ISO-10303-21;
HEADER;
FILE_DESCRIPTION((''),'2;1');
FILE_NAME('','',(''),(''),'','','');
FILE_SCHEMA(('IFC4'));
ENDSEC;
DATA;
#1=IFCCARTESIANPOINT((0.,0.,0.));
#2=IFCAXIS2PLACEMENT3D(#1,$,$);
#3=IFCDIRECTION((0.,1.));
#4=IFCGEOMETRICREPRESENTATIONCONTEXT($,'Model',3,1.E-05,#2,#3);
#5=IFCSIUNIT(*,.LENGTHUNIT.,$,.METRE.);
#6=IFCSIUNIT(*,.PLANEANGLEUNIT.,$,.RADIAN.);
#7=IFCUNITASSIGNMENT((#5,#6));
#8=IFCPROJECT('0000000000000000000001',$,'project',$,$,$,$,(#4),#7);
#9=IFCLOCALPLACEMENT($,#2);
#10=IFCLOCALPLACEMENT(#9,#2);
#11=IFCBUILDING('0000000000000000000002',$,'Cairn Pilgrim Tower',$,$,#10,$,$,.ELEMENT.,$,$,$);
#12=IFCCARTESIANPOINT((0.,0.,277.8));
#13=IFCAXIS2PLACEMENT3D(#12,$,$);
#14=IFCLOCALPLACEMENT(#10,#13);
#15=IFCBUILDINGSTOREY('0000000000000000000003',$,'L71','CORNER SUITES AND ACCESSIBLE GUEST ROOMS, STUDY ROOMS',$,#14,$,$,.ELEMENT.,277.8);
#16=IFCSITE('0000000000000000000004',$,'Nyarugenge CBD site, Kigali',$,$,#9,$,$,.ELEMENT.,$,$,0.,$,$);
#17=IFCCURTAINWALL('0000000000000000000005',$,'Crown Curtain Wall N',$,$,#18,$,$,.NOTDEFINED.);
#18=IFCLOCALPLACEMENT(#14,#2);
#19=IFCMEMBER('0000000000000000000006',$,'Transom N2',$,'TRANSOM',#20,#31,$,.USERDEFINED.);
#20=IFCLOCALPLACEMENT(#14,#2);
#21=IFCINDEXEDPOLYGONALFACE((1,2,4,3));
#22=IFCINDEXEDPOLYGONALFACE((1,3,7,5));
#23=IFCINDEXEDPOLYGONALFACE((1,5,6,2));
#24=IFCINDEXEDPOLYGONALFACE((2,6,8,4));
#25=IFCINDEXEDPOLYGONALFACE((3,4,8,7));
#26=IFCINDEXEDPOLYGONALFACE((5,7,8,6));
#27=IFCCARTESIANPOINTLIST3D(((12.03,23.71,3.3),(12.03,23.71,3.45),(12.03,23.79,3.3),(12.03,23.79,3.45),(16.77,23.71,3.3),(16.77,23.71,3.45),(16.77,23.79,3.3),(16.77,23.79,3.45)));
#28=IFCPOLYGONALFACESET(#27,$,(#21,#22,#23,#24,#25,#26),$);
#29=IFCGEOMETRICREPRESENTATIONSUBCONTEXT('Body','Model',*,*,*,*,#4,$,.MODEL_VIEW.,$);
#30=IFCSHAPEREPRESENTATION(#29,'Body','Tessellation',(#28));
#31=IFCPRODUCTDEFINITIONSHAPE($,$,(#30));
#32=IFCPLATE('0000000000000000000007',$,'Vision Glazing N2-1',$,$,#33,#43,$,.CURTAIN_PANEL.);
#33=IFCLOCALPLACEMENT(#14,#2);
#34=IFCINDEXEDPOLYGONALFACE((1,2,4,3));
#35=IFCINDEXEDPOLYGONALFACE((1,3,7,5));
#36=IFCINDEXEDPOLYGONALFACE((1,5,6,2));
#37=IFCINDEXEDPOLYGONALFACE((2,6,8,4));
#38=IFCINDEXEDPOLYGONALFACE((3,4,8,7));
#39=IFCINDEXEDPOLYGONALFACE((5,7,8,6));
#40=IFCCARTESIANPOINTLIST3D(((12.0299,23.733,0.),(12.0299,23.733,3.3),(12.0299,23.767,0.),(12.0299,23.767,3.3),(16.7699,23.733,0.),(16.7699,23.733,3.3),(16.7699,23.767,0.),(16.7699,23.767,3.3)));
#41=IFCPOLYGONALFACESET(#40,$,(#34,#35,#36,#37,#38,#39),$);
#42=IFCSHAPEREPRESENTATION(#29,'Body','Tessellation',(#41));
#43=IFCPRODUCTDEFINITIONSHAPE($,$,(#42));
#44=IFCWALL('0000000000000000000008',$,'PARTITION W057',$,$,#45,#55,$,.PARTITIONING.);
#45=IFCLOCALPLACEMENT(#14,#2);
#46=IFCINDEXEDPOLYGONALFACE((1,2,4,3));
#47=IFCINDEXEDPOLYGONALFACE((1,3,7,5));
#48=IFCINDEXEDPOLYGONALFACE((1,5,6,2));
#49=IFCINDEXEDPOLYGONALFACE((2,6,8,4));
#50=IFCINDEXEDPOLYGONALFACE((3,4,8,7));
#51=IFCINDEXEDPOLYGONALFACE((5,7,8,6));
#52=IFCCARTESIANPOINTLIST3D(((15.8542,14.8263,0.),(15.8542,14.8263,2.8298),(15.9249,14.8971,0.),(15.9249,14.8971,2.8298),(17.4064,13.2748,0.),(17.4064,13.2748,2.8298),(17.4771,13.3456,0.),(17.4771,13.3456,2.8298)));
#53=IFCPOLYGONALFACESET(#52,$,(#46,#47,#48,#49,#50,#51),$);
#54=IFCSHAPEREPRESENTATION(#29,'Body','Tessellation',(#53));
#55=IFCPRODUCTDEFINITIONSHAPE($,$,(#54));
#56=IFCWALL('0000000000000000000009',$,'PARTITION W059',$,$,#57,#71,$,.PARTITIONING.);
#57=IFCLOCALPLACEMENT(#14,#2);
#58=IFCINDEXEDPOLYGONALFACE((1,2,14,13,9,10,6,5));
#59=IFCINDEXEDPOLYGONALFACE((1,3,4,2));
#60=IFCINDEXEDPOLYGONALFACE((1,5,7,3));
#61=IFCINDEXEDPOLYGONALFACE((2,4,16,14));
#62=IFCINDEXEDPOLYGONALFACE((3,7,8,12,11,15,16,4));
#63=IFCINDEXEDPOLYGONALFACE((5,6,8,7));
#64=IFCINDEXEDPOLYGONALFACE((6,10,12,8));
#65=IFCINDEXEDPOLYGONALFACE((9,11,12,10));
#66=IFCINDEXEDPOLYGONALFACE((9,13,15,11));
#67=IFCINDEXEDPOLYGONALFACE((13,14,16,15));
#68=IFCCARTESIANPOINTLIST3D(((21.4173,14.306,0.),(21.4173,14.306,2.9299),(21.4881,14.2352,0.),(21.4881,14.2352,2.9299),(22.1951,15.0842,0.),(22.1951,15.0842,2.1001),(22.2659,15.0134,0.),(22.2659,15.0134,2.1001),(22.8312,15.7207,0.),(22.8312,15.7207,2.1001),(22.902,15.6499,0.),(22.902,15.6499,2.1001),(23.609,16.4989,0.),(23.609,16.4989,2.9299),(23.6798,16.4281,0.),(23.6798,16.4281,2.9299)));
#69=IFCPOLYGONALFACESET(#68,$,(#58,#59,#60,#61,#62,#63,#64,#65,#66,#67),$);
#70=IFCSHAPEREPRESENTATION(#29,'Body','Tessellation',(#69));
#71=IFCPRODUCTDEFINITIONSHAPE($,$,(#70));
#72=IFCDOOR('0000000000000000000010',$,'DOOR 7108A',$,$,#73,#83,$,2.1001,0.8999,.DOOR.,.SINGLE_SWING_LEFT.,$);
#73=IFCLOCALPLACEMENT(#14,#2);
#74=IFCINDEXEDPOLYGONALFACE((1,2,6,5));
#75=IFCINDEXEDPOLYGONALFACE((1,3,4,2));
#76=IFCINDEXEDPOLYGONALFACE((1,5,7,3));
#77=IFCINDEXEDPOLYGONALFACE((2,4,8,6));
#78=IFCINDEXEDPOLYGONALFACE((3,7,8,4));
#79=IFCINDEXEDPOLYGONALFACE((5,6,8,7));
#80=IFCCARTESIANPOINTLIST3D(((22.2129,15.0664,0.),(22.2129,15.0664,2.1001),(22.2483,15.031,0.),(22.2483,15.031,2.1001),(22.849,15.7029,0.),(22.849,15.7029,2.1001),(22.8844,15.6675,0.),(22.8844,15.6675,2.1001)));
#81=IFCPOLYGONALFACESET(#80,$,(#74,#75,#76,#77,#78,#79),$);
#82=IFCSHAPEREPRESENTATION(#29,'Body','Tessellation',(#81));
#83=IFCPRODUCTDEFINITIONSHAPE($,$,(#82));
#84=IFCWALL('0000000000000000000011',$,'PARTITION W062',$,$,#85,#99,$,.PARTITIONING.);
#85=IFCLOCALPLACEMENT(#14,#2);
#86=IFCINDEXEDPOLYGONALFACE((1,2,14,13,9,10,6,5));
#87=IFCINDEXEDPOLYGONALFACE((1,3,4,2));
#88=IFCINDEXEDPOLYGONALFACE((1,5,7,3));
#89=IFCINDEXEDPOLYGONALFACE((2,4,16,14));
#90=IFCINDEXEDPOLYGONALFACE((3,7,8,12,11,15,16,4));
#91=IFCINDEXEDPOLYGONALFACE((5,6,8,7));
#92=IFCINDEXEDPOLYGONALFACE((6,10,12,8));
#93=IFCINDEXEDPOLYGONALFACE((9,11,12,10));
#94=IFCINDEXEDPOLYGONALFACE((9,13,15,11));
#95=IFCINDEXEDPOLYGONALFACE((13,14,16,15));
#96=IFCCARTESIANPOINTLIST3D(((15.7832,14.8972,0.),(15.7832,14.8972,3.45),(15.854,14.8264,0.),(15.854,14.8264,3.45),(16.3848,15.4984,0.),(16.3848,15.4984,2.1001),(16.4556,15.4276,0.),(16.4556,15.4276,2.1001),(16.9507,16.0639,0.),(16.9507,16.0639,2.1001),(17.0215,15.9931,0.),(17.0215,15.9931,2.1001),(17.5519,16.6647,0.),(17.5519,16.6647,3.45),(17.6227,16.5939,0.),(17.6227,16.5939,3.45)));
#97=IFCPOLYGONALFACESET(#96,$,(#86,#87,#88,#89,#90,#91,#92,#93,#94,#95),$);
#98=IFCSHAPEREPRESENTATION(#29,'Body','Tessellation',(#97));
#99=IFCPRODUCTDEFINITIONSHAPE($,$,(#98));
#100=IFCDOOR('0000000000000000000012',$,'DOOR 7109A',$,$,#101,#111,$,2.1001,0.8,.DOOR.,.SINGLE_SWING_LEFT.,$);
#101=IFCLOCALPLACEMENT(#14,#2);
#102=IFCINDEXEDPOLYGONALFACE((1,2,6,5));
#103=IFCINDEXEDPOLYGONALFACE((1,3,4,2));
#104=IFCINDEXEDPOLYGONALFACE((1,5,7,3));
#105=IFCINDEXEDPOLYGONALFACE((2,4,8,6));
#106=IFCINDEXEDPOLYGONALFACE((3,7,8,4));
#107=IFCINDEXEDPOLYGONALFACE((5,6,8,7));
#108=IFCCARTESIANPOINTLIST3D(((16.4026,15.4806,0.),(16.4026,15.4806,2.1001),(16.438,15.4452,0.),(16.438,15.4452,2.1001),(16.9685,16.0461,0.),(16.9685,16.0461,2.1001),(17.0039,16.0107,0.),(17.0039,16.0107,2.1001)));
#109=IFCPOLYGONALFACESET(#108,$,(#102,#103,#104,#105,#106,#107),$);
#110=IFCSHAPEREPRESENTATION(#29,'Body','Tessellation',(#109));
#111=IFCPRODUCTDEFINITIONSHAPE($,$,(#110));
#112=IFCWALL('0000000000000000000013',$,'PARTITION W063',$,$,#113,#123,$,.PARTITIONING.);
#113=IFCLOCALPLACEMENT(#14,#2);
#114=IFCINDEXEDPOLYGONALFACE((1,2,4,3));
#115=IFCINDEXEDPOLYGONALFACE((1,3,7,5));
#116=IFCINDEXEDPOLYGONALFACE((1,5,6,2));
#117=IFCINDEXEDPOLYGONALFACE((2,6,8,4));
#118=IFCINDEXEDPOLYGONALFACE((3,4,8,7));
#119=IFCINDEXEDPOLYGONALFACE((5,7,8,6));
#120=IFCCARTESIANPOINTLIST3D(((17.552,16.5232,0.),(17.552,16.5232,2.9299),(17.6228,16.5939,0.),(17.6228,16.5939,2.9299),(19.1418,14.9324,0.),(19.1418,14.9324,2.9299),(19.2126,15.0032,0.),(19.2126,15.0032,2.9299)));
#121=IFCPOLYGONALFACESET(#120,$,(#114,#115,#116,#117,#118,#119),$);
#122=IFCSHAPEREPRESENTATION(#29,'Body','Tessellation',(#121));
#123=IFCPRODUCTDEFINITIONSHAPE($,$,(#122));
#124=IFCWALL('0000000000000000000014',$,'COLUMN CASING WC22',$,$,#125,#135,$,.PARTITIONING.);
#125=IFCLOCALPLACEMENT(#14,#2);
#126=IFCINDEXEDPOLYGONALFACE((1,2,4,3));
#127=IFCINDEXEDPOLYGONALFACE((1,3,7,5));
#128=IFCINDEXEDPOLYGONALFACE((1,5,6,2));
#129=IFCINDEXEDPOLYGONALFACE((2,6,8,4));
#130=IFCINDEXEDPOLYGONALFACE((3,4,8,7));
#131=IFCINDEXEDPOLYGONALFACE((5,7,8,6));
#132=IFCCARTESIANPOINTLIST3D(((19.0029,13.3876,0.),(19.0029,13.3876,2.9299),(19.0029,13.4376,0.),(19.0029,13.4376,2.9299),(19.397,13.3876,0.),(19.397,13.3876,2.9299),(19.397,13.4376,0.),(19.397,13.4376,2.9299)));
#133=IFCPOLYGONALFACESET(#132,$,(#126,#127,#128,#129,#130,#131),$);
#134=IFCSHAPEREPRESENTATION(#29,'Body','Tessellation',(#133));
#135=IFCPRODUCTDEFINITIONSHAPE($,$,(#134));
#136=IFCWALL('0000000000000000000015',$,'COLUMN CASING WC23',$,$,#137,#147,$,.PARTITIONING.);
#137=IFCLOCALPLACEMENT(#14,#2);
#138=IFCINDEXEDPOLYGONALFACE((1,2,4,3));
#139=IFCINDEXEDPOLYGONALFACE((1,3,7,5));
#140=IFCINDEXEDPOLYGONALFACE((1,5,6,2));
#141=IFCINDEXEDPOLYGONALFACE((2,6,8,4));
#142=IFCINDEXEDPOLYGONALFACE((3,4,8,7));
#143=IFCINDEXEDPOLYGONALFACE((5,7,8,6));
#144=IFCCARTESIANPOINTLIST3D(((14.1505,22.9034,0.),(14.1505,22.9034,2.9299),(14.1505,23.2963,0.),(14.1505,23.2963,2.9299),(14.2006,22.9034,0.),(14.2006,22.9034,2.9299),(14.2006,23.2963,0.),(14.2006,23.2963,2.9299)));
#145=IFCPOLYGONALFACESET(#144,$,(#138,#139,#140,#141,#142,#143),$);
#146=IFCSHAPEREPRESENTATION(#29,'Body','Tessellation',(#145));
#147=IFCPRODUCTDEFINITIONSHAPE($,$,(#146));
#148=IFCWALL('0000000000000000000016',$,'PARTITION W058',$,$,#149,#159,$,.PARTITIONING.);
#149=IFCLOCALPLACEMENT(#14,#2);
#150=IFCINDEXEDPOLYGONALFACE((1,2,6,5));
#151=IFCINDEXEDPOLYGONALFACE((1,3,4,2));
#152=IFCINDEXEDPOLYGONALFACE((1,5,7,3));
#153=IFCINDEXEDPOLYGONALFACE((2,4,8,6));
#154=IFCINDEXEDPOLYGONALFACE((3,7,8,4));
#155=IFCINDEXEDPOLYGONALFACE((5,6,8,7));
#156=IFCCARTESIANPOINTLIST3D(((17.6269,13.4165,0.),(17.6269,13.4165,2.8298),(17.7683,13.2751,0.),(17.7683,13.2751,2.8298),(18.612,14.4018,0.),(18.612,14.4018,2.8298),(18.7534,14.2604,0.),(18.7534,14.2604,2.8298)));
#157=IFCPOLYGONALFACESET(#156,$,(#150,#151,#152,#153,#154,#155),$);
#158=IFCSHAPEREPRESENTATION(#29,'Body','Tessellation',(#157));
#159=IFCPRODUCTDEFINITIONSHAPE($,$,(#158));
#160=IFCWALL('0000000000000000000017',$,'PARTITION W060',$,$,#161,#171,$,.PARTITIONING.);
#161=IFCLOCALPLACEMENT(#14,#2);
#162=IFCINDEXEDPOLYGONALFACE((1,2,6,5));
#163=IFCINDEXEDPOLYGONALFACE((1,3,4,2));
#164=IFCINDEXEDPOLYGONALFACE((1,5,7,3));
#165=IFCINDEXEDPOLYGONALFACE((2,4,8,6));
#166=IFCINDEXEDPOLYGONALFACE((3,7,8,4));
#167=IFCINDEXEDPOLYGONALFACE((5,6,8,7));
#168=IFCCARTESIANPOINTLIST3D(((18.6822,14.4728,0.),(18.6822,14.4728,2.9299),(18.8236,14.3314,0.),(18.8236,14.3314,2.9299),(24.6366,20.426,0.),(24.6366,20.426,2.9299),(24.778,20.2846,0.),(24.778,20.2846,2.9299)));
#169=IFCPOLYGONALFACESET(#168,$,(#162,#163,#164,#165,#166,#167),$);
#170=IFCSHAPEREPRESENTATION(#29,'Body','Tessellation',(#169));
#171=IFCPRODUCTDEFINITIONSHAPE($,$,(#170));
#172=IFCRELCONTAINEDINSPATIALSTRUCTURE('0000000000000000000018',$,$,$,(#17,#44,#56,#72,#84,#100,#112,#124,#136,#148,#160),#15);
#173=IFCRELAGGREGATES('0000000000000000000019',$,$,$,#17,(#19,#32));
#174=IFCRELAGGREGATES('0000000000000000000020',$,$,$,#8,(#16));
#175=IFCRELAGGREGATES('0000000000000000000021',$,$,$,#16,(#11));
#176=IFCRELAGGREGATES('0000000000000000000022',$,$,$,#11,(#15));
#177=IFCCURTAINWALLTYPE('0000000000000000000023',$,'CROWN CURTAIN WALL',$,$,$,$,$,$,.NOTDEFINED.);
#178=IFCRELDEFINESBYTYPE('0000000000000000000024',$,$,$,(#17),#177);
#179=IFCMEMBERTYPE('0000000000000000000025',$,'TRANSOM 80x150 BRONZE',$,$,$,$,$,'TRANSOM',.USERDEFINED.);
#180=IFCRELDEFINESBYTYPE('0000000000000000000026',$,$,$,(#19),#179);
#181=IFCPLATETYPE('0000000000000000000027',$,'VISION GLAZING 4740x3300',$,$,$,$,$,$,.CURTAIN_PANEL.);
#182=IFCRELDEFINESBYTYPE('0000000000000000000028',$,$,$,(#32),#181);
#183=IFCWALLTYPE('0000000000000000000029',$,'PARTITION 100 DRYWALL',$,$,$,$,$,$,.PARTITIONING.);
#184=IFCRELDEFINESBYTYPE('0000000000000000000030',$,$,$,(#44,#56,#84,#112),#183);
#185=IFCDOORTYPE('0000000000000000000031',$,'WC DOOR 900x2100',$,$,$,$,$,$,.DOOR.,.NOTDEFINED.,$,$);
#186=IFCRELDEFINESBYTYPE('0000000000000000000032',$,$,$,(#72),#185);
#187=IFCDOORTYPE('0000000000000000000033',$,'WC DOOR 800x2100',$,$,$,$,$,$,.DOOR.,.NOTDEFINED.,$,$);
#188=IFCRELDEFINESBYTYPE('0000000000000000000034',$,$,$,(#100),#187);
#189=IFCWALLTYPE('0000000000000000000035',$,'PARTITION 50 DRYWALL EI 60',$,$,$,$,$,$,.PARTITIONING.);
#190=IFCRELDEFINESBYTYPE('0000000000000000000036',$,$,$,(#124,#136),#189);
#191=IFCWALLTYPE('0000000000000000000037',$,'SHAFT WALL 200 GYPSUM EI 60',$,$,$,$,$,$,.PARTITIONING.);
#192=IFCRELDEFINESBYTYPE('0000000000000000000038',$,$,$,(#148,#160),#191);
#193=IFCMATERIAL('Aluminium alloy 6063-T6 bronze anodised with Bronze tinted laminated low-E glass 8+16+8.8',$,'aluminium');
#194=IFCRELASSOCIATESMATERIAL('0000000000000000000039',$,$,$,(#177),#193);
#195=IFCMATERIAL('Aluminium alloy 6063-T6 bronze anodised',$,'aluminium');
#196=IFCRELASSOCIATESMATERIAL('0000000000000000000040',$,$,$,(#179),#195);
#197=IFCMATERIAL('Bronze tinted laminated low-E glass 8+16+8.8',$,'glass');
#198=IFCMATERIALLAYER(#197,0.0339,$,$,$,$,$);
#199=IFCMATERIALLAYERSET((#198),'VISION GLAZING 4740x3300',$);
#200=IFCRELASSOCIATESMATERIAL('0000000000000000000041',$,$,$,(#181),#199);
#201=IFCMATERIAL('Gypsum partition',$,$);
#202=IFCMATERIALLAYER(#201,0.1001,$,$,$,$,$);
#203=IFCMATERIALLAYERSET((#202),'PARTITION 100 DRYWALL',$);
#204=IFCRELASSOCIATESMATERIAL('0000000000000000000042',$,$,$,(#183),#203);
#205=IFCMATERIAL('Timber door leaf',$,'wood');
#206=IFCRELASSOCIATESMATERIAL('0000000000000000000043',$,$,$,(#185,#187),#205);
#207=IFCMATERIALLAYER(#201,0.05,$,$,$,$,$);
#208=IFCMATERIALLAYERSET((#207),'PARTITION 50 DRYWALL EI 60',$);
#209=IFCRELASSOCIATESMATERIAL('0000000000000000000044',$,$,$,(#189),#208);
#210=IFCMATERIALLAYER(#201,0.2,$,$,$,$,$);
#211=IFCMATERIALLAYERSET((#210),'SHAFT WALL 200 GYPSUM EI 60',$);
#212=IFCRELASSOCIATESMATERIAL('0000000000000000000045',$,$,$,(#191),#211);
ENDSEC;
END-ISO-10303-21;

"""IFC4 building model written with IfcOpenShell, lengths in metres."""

from ifc_helpers import new_model, si_unit, direction, frame, frame_2d, origin, origin_2d, place, context, subcontext, project, spatial, rectangle, extrude, material, layer, layer_set, material_profile, profile_set, type_object, element, fill, aggregate, save


model = new_model("IFC4")

# Units and contexts
model_context = context("Model", 3, precision=1e-05, world=origin(), true_north=direction((0.0, 1.0)))
body_context = subcontext(model_context, "Body", "Model", "MODEL_VIEW")
ifc_project = project(units=[si_unit("LENGTHUNIT", "METRE"), si_unit("PLANEANGLEUNIT", "RADIAN")], contexts=[model_context])

# Site, building, storey
site_placement = place(None, origin())
site = spatial("IfcSite", under=ifc_project, at=site_placement, Name="Nyarugenge CBD site, Kigali", CompositionType="ELEMENT", RefElevation=0.0)
building_placement = place(site_placement, origin())
building = spatial("IfcBuilding", under=site, at=building_placement, Name="Cairn Pilgrim Tower", CompositionType="ELEMENT")
storey_placement = place(building_placement, frame((0.0, 0.0, 277.8)))
storey = spatial("IfcBuildingStorey", under=building, at=storey_placement, Name="L71", Description="CORNER SUITES AND ACCESSIBLE GUEST ROOMS, STUDY ROOMS", CompositionType="ELEMENT", Elevation=277.8)

# Curtain wall
ifc_material_1 = material(Name="Aluminium alloy 6063-T6 bronze anodised with Bronze tinted laminated low-E glass 8+16+8.8", Category="aluminium")
curtain_wall_type = type_object("IfcCurtainWallType", Name="CROWN CURTAIN WALL", PredefinedType="NOTDEFINED", material=ifc_material_1)
curtain_wall_placement = place(storey_placement, origin())
curtain_wall = element("IfcCurtainWall", 1, at=curtain_wall_placement, inside=storey, type_object=curtain_wall_type, Name="Crown Curtain Wall N", PredefinedType="NOTDEFINED")
ifc_material_2 = material(Name="Aluminium alloy 6063-T6 bronze anodised", Category="aluminium")

# Member
ifc_material_profile_1 = material_profile(ifc_material_2, rectangle(XDim=0.0801, YDim=0.1499, at=origin_2d()), Name="TRANSOM 80x150 BRONZE")
ifc_profile_set_1 = profile_set([ifc_material_profile_1], Name="Aluminium alloy 6063-T6 bronze anodised")
member_type_1 = type_object("IfcMemberType", Name="TRANSOM 80x150 BRONZE", ElementType="TRANSOM", PredefinedType="USERDEFINED", material=ifc_profile_set_1)
member_1_placement = place(storey_placement, frame((16.77, 23.75, 3.375), z_axis=(-1.0, 0.0, 0.0), x_axis=(0.0, -1.0, 0.0)))
member_1 = element("IfcMember", 2, at=member_1_placement, type_object=member_type_1, Name="Transom N2", ObjectType="TRANSOM", PredefinedType="USERDEFINED", context=body_context, shape_type="SweptSolid", body=[
    extrude(rectangle(XDim=0.0801, YDim=0.1499, at=origin_2d()), origin(), (0.0, 0.0, 1.0), 4.74),
])

# Plate
ifc_material_3 = material(Name="Bronze tinted laminated low-E glass 8+16+8.8", Category="glass")
ifc_layer_1 = layer(ifc_material_3, 0.0339)
ifc_layer_set_1 = layer_set([ifc_layer_1], Name="VISION GLAZING 4740x3300")
plate_type = type_object("IfcPlateType", Name="VISION GLAZING 4740x3300", PredefinedType="CURTAIN_PANEL", material=ifc_layer_set_1)
plate_placement = place(storey_placement, frame((14.3999, 23.75, 0.0), z_axis=(0.0, 0.0, 1.0), x_axis=(-1.0, 0.0, 0.0)))
plate = element("IfcPlate", 3, at=plate_placement, type_object=plate_type, Name="Vision Glazing N2-1", PredefinedType="CURTAIN_PANEL", context=body_context, shape_type="SweptSolid", body=[
    extrude(rectangle(XDim=4.74, YDim=0.0339, at=origin_2d()), origin(), (0.0, 0.0, 1.0), 3.3),
])
aggregate(curtain_wall, [member_1, plate])

# Wall
ifc_material_4 = material(Name="Gypsum partition")
ifc_layer_2 = layer(ifc_material_4, 0.1001)
ifc_layer_set_2 = layer_set([ifc_layer_2], Name="PARTITION 100 DRYWALL")
wall_type_1 = type_object("IfcWallType", Name="PARTITION 100 DRYWALL", PredefinedType="PARTITIONING", material=ifc_layer_set_2)
wall_1_placement = place(storey_placement, frame((17.4417, 13.3103, 0.0), z_axis=(0.0, 0.0, 1.0), x_axis=(-0.707274, 0.70694, 0.0)))
element("IfcWall", 4, at=wall_1_placement, inside=storey, type_object=wall_type_1, Name="PARTITION W057", PredefinedType="PARTITIONING", context=body_context, shape_type="SweptSolid", body=[
    extrude(rectangle(XDim=2.1946, YDim=0.1001, at=frame_2d((1.0972, 0.0))), origin(), (0.0, 0.0, 1.0), 2.8298),
])

# Walls, openings, doors
wall_2_placement = place(storey_placement, frame((21.4526, 14.2705, 0.0), z_axis=(0.0, 0.0, 1.0), x_axis=(0.70691, 0.707304, 0.0)))
wall_2 = element("IfcWall", 5, at=wall_2_placement, inside=storey, type_object=wall_type_1, Name="PARTITION W059", PredefinedType="PARTITIONING", context=body_context, shape_type="SweptSolid", body=[
    extrude(rectangle(XDim=3.1003, YDim=0.1001, at=frame_2d((1.5503, 0.0))), origin(), (0.0, 0.0, 1.0), 2.9299),
])
opening_1_placement = place(wall_2_placement, frame((1.1003, 0.0, 0.0)))
opening_1 = element("IfcOpeningElement", 6, at=opening_1_placement, cuts=wall_2, PredefinedType="OPENING", context=body_context, shape_type="SweptSolid", body=[
    extrude(rectangle(XDim=0.8999, YDim=2.1001, at=frame_2d((0.45, 1.05))), frame((0.0, 0.0601, 0.0), z_axis=(0.0, -1.0, 0.0), x_axis=(1.0, 0.0, 0.0)), (0.0, 0.0, 1.0), 0.1201),
])
ifc_material_5 = material(Name="Timber door leaf", Category="wood")
door_type_1 = type_object("IfcDoorType", Name="WC DOOR 900x2100", OperationType="NOTDEFINED", PredefinedType="DOOR", material=ifc_material_5)
door_1_placement = place(opening_1_placement, origin())
door_1 = element("IfcDoor", 7, at=door_1_placement, inside=storey, type_object=door_type_1, Name="DOOR 7108A", OperationType="SINGLE_SWING_LEFT", OverallHeight=2.1001, OverallWidth=0.8999, PredefinedType="DOOR", context=body_context, shape_type="SweptSolid", body=[
    extrude(rectangle(XDim=0.8999, YDim=2.1001, at=frame_2d((0.45, 1.05))), frame((0.0, 0.0249, 0.0), z_axis=(0.0, -1.0, 0.0), x_axis=(1.0, 0.0, 0.0)), (0.0, 0.0, 1.0), 0.05),
])
fill(opening_1, door_1)
wall_3_placement = place(storey_placement, frame((15.8186, 14.8618, 0.0), z_axis=(0.0, 0.0, 1.0), x_axis=(0.707351, 0.706863, 0.0)))
wall_3 = element("IfcWall", 8, at=wall_3_placement, inside=storey, type_object=wall_type_1, Name="PARTITION W062", PredefinedType="PARTITIONING", context=body_context, shape_type="SweptSolid", body=[
    extrude(rectangle(XDim=2.5005, YDim=0.1001, at=frame_2d((1.2502, 0.0))), origin(), (0.0, 0.0, 1.0), 3.45),
])
opening_2_placement = place(wall_3_placement, frame((0.8506, 0.0, 0.0)))
opening_2 = element("IfcOpeningElement", 9, at=opening_2_placement, cuts=wall_3, PredefinedType="OPENING", context=body_context, shape_type="SweptSolid", body=[
    extrude(rectangle(XDim=0.8, YDim=2.1001, at=frame_2d((0.3999, 1.05))), frame((0.0, 0.0601, 0.0), z_axis=(0.0, -1.0, 0.0), x_axis=(1.0, 0.0, 0.0)), (0.0, 0.0, 1.0), 0.1201),
])
door_type_2 = type_object("IfcDoorType", Name="WC DOOR 800x2100", OperationType="NOTDEFINED", PredefinedType="DOOR", material=ifc_material_5)
door_2_placement = place(opening_2_placement, origin())
door_2 = element("IfcDoor", 10, at=door_2_placement, inside=storey, type_object=door_type_2, Name="DOOR 7109A", OperationType="SINGLE_SWING_LEFT", OverallHeight=2.1001, OverallWidth=0.8, PredefinedType="DOOR", context=body_context, shape_type="SweptSolid", body=[
    extrude(rectangle(XDim=0.8, YDim=2.1001, at=frame_2d((0.3999, 1.05))), frame((0.0, 0.0249, 0.0), z_axis=(0.0, -1.0, 0.0), x_axis=(1.0, 0.0, 0.0)), (0.0, 0.0, 1.0), 0.05),
])
fill(opening_2, door_2)

# Walls
wall_4_placement = place(storey_placement, frame((19.1772, 14.9678, 0.0), z_axis=(0.0, 0.0, 1.0), x_axis=(-0.70689, 0.707324, 0.0)))
element("IfcWall", 11, at=wall_4_placement, inside=storey, type_object=wall_type_1, Name="PARTITION W063", PredefinedType="PARTITIONING", context=body_context, shape_type="SweptSolid", body=[
    extrude(rectangle(XDim=2.249, YDim=0.1001, at=frame_2d((1.1245, 0.0))), origin(), (0.0, 0.0, 1.0), 2.9299),
])
ifc_layer_3 = layer(ifc_material_4, 0.05)
ifc_layer_set_3 = layer_set([ifc_layer_3], Name="PARTITION 50 DRYWALL EI 60")
wall_type_2 = type_object("IfcWallType", Name="PARTITION 50 DRYWALL EI 60", PredefinedType="PARTITIONING", material=ifc_layer_set_3)
wall_5_placement = place(storey_placement, frame((19.0029, 13.4126, 0.0), z_axis=(0.0, 0.0, 1.0), x_axis=(1.0, 0.0, 0.0)))
element("IfcWall", 12, at=wall_5_placement, inside=storey, type_object=wall_type_2, Name="COLUMN CASING WC22", PredefinedType="PARTITIONING", context=body_context, shape_type="SweptSolid", body=[
    extrude(rectangle(XDim=0.394, YDim=0.05, at=frame_2d((0.197, 0.0))), origin(), (0.0, 0.0, 1.0), 2.9299),
])
wall_6_placement = place(storey_placement, frame((14.1755, 22.9036, 0.0), z_axis=(0.0, 0.0, 1.0), x_axis=(0.0, 1.0, 0.0)))
element("IfcWall", 13, at=wall_6_placement, inside=storey, type_object=wall_type_2, Name="COLUMN CASING WC23", PredefinedType="PARTITIONING", context=body_context, shape_type="SweptSolid", body=[
    extrude(rectangle(XDim=0.3928, YDim=0.05, at=frame_2d((0.1963, 0.0))), origin(), (0.0, 0.0, 1.0), 2.9299),
])
ifc_layer_4 = layer(ifc_material_4, 0.2)
ifc_layer_set_4 = layer_set([ifc_layer_4], Name="SHAFT WALL 200 GYPSUM EI 60")
wall_type_3 = type_object("IfcWallType", Name="SHAFT WALL 200 GYPSUM EI 60", PredefinedType="PARTITIONING", material=ifc_layer_set_4)
wall_7_placement = place(storey_placement, frame((17.6975, 13.3457, 0.0), z_axis=(0.0, 0.0, 1.0), x_axis=(0.707019, 0.707194, 0.0)))
element("IfcWall", 14, at=wall_7_placement, inside=storey, type_object=wall_type_3, Name="PARTITION W058", PredefinedType="PARTITIONING", context=body_context, shape_type="SweptSolid", body=[
    extrude(rectangle(XDim=1.3933, YDim=0.2, at=frame_2d((0.6968, 0.0))), origin(), (0.0, 0.0, 1.0), 2.8298),
])
wall_8_placement = place(storey_placement, frame((18.7529, 14.4021, 0.0), z_axis=(0.0, 0.0, 1.0), x_axis=(0.707179, 0.707034, 0.0)))
element("IfcWall", 15, at=wall_8_placement, inside=storey, type_object=wall_type_3, Name="PARTITION W060", PredefinedType="PARTITIONING", context=body_context, shape_type="SweptSolid", body=[
    extrude(rectangle(XDim=8.4199, YDim=0.2, at=frame_2d((4.21, 0.0))), origin(), (0.0, 0.0, 1.0), 2.9299),
])

save(model, "model.ifc")
